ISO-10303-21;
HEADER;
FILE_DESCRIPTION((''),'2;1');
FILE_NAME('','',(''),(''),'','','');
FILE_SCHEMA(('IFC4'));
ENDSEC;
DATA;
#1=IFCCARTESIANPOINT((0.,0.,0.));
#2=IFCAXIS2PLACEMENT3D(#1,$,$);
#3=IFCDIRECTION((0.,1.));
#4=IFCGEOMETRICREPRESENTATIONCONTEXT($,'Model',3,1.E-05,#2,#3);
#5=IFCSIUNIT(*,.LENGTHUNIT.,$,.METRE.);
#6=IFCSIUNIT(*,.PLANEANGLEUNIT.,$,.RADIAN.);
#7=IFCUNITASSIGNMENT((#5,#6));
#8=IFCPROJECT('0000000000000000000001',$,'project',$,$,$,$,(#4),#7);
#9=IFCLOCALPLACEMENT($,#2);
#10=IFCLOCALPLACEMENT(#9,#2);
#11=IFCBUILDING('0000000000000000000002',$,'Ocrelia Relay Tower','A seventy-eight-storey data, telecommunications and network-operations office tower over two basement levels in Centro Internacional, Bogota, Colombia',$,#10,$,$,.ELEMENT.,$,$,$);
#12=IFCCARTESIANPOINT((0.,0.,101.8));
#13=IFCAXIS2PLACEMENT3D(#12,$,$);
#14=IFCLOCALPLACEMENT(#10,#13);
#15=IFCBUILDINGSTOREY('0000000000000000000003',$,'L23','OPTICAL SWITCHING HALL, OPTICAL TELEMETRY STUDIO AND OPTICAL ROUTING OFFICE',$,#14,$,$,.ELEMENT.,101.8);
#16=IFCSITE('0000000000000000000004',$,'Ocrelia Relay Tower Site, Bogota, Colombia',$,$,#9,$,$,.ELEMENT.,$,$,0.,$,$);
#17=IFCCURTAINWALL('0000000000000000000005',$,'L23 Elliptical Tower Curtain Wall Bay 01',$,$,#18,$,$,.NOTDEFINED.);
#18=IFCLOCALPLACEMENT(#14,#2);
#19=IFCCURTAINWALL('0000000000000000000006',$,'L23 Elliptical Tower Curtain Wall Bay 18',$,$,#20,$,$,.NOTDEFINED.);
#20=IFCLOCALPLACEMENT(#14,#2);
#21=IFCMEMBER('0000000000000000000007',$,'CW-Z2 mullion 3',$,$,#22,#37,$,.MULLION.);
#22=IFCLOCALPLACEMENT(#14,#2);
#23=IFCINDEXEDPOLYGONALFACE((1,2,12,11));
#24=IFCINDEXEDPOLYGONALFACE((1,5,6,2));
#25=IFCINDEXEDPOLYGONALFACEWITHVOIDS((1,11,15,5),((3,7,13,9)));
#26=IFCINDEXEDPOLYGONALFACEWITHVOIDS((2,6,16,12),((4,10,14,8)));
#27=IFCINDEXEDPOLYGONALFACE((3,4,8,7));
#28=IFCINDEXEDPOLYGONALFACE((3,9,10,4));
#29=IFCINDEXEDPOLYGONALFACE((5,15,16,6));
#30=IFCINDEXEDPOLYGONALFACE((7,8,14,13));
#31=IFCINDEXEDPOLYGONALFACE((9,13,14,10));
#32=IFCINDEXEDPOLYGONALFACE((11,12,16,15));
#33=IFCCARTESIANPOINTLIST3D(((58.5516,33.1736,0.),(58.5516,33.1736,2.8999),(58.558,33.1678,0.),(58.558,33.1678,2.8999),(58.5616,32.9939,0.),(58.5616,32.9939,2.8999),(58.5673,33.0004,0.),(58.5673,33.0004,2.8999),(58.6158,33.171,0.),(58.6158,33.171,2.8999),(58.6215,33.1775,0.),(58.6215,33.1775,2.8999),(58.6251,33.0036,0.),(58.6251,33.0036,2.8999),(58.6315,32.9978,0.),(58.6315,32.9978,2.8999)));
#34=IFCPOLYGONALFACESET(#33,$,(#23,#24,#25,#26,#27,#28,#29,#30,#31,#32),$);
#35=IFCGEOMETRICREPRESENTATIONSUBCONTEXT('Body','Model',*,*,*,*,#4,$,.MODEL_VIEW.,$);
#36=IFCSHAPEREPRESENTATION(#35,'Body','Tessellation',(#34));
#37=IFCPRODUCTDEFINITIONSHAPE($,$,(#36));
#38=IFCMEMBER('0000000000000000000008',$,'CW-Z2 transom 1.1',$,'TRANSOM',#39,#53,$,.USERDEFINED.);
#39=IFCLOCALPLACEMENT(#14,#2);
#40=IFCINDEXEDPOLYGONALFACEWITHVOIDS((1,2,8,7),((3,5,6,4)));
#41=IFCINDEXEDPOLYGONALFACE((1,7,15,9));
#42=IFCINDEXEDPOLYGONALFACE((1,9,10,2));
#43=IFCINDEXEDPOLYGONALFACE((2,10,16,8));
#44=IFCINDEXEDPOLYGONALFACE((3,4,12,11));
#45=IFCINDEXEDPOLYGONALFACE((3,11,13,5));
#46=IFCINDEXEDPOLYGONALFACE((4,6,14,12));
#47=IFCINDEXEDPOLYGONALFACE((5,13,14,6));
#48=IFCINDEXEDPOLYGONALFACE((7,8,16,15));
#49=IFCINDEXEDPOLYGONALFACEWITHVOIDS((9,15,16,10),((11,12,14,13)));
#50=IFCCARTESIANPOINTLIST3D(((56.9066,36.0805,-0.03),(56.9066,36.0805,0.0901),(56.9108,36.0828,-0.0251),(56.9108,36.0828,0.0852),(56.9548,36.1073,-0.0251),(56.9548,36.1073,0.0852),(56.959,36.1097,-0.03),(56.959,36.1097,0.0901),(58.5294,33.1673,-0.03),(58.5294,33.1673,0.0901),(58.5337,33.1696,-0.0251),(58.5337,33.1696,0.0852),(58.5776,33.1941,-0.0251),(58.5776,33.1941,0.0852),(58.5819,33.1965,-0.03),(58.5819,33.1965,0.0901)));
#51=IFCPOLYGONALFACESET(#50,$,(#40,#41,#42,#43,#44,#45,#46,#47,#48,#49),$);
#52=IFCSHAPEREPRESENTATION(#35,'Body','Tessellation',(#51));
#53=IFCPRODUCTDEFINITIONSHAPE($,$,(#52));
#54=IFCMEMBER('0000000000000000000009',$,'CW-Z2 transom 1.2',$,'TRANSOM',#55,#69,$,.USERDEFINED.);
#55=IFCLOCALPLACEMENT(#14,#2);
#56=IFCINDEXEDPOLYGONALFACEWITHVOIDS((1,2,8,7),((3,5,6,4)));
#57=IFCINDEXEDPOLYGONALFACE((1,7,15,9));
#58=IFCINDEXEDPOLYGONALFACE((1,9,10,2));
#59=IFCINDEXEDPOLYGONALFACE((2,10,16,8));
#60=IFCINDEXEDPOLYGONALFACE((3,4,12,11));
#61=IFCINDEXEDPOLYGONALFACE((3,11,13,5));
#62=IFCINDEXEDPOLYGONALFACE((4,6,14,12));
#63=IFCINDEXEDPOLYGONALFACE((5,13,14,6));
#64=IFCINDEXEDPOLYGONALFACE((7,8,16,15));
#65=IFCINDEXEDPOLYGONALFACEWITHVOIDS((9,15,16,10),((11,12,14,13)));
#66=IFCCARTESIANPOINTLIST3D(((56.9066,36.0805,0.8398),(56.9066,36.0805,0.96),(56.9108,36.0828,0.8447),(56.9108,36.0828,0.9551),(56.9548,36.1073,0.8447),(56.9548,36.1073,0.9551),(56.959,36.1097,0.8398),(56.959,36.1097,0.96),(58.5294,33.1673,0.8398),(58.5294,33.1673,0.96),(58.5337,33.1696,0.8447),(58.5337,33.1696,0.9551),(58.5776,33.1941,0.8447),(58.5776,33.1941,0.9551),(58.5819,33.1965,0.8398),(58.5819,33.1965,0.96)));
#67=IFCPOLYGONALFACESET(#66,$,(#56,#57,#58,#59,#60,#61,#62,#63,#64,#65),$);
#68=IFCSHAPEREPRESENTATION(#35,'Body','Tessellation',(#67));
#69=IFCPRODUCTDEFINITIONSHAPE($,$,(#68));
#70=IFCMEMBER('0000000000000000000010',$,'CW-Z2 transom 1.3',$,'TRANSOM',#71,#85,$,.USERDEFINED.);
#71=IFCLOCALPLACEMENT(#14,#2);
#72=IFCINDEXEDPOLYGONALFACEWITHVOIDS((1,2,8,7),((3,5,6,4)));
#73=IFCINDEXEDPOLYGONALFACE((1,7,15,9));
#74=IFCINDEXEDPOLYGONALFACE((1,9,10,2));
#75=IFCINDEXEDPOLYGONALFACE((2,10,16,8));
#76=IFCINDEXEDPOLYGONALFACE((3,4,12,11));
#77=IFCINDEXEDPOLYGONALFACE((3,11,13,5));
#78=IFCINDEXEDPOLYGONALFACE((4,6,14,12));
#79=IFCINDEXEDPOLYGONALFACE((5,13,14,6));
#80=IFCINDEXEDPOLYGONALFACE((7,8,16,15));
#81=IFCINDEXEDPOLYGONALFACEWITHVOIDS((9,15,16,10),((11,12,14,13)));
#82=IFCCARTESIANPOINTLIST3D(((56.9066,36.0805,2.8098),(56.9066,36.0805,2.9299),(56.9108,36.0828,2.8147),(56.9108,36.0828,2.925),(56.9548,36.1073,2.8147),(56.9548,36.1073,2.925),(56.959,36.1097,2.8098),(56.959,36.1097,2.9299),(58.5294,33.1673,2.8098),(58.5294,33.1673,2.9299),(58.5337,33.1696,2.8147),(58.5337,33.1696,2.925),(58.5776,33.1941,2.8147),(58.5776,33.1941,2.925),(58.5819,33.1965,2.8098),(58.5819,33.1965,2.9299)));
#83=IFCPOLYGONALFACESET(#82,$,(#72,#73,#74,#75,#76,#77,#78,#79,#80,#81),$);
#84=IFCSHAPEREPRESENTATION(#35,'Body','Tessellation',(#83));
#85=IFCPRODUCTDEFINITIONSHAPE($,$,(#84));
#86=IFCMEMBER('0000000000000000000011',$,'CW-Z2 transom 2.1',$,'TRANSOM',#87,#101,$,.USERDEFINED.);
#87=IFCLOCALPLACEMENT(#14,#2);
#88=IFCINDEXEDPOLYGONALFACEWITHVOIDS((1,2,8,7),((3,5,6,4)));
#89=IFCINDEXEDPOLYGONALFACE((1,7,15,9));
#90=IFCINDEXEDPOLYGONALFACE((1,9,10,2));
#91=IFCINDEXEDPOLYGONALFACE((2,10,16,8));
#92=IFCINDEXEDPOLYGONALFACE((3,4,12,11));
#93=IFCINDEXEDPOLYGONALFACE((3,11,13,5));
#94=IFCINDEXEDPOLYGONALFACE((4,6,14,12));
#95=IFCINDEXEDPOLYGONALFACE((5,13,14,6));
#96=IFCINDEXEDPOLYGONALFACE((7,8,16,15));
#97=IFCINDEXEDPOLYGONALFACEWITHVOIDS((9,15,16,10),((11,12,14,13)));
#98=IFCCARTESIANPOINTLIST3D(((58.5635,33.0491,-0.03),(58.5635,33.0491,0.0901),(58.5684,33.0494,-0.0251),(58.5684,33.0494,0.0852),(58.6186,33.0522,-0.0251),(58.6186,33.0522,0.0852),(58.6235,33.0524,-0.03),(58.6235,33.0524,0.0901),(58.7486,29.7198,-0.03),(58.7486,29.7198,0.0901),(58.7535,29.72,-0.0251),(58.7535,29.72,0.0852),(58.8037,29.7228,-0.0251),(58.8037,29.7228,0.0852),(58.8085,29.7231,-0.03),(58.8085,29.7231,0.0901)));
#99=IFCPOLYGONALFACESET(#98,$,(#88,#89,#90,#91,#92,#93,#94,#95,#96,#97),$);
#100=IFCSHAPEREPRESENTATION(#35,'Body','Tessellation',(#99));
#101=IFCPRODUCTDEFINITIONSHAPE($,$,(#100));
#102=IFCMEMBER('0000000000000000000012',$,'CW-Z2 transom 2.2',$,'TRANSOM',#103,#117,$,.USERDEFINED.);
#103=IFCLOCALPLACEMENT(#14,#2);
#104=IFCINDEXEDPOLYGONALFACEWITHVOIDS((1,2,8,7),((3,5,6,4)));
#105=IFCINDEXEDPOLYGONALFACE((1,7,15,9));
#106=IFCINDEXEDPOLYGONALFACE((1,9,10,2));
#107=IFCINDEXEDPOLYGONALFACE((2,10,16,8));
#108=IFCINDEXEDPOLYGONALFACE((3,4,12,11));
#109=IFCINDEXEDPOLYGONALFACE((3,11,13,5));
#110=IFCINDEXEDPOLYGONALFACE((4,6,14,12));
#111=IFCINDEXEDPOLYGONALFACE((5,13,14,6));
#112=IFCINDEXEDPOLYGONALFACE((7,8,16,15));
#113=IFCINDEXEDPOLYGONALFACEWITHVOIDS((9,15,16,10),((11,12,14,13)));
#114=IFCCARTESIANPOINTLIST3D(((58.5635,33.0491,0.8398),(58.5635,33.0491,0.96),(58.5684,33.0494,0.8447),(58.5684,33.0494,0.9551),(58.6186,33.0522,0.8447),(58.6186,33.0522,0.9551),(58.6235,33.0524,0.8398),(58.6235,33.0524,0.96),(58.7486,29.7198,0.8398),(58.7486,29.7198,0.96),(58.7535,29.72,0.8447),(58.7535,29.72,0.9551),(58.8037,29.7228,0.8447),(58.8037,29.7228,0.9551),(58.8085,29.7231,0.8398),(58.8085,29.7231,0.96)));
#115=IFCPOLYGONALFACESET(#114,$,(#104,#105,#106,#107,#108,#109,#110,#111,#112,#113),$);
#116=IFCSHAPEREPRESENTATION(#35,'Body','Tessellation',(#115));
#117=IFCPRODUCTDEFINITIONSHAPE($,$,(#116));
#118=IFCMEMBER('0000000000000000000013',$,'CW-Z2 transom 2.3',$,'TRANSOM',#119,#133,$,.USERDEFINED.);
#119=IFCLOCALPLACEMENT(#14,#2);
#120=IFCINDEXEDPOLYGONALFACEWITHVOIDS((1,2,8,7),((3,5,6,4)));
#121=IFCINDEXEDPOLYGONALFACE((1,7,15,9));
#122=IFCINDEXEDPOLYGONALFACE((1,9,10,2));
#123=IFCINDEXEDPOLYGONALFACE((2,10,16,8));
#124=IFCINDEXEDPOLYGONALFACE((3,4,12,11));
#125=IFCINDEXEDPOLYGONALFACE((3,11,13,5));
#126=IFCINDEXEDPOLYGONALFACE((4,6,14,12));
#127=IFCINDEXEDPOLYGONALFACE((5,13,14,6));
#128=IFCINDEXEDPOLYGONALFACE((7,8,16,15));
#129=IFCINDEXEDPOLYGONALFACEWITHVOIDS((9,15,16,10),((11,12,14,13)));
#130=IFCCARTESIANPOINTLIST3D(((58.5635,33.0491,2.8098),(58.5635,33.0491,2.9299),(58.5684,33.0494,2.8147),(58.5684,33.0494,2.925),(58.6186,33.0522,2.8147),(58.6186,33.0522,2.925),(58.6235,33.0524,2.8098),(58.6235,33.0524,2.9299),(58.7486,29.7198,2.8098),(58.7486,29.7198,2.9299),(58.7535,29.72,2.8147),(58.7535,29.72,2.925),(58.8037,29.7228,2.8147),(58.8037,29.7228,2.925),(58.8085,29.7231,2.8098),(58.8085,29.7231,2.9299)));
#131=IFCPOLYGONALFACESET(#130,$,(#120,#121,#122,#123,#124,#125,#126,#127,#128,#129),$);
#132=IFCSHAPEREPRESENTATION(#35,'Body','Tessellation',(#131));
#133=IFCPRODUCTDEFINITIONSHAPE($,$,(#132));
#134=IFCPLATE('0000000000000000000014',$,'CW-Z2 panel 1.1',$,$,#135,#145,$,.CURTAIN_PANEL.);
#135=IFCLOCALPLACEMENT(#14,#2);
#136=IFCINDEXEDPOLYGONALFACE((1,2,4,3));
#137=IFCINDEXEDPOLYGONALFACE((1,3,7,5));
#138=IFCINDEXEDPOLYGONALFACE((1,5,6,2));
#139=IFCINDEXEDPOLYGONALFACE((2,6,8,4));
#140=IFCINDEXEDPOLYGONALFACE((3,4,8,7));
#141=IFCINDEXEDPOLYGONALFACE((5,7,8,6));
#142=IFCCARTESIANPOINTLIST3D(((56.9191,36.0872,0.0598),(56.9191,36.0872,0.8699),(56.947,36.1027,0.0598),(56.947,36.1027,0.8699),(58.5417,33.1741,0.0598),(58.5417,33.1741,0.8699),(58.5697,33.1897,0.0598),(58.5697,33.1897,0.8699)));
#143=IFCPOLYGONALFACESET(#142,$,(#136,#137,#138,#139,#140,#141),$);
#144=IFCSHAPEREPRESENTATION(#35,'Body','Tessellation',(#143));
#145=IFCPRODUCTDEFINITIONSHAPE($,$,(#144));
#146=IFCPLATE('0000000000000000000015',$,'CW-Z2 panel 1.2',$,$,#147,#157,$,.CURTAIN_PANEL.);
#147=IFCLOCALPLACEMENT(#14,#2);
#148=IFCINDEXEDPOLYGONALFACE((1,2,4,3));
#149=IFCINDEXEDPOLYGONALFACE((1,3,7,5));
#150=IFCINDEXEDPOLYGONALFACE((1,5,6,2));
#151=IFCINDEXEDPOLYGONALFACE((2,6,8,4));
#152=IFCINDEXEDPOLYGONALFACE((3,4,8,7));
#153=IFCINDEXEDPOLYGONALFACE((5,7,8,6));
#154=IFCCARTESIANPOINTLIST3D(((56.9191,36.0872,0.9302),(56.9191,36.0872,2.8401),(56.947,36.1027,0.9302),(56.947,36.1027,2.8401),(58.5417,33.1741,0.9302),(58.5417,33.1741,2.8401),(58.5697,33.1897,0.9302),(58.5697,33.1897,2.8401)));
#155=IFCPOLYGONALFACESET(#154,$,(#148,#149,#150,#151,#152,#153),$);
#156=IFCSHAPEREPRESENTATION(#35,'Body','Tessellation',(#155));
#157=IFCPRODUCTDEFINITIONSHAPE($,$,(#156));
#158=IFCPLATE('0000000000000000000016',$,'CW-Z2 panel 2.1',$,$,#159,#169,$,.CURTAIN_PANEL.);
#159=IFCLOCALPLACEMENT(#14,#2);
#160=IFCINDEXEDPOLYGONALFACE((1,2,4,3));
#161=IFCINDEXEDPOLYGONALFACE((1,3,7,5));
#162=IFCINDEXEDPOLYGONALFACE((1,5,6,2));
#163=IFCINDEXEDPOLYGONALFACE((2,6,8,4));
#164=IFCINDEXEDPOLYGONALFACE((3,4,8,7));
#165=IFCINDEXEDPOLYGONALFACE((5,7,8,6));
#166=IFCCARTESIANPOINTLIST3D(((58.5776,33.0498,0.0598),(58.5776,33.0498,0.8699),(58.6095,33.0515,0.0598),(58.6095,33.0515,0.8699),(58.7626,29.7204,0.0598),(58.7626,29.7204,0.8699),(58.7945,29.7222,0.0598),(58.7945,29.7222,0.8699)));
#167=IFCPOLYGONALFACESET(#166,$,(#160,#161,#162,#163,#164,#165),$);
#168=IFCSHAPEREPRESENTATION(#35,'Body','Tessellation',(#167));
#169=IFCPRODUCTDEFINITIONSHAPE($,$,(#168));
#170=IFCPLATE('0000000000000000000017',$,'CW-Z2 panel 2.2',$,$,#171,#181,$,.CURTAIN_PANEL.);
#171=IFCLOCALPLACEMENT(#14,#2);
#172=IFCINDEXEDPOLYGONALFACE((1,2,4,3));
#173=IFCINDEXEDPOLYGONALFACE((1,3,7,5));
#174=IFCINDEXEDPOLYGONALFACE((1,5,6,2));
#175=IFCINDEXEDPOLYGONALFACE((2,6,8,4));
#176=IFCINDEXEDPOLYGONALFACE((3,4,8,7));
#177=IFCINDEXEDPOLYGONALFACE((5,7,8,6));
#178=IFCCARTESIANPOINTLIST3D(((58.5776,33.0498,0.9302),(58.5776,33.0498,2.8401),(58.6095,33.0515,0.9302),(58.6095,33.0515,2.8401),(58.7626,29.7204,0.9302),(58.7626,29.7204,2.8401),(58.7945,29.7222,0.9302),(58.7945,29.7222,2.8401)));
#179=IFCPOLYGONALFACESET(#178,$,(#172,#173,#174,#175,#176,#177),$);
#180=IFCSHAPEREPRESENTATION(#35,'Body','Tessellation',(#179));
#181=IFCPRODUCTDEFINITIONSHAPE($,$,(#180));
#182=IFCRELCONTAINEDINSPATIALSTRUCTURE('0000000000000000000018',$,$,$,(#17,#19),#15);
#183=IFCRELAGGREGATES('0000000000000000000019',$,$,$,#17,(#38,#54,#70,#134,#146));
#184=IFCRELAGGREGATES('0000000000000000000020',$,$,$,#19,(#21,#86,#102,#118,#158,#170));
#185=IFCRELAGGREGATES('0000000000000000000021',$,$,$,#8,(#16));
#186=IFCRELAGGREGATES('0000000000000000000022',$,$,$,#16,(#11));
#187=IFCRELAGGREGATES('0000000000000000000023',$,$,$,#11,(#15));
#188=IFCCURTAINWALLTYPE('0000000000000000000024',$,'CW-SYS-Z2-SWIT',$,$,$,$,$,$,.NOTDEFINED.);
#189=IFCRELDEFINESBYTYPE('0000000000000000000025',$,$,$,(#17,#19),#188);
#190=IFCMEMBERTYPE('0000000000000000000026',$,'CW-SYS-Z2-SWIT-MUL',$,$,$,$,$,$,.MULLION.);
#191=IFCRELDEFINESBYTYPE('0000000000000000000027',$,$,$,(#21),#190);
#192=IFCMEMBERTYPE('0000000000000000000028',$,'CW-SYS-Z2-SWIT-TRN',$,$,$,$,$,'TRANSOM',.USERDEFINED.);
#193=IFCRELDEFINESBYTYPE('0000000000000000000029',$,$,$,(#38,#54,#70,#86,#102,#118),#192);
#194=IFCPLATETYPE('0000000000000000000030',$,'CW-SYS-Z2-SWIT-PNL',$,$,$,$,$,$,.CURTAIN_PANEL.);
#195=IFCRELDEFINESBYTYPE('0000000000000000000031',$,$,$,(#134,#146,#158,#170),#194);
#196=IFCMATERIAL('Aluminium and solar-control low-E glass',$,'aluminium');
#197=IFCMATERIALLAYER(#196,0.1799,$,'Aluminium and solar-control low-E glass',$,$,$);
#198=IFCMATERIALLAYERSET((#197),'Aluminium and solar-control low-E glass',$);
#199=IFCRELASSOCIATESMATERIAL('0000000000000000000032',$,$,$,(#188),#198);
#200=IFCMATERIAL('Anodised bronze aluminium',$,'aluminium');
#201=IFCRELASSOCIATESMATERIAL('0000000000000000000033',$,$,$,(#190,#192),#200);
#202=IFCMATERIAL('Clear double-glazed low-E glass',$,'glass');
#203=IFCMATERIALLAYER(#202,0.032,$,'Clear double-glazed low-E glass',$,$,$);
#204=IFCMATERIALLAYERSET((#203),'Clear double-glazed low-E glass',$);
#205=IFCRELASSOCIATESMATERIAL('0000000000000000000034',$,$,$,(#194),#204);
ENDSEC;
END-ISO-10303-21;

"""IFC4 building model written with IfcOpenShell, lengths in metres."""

from ifc_helpers import new_model, si_unit, direction, frame, origin, origin_2d, place, context, subcontext, project, spatial, rectangle, hollow_rectangle, extrude, material, layer, layer_set, material_profile, profile_set, type_object, element, aggregate, save


model = new_model("IFC4")

# Units and contexts
model_context = context("Model", 3, precision=1e-05, world=origin(), true_north=direction((0.0, 1.0)))
body_context = subcontext(model_context, "Body", "Model", "MODEL_VIEW")
ifc_project = project(units=[si_unit("LENGTHUNIT", "METRE"), si_unit("PLANEANGLEUNIT", "RADIAN")], contexts=[model_context])

# Site, building, storey
site_placement = place(None, origin())
site = spatial("IfcSite", under=ifc_project, at=site_placement, Name="Ocrelia Relay Tower Site, Bogota, Colombia", CompositionType="ELEMENT", RefElevation=0.0)
building_placement = place(site_placement, origin())
building = spatial("IfcBuilding", under=site, at=building_placement, Name="Ocrelia Relay Tower", Description="A seventy-eight-storey data, telecommunications and network-operations office tower over two basement levels in Centro Internacional, Bogota, Colombia", CompositionType="ELEMENT")
storey_placement = place(building_placement, frame((0.0, 0.0, 101.8)))
storey = spatial("IfcBuildingStorey", under=building, at=storey_placement, Name="L23", Description="OPTICAL SWITCHING HALL, OPTICAL TELEMETRY STUDIO AND OPTICAL ROUTING OFFICE", CompositionType="ELEMENT", Elevation=101.8)

# Curtain wall
ifc_material_1 = material(Name="Aluminium and solar-control low-E glass", Category="aluminium")
ifc_layer_1 = layer(ifc_material_1, 0.1799, Name="Aluminium and solar-control low-E glass")
ifc_layer_set_1 = layer_set([ifc_layer_1], Name="Aluminium and solar-control low-E glass")
curtain_wall_type = type_object("IfcCurtainWallType", Name="CW-SYS-Z2-SWIT", PredefinedType="NOTDEFINED", material=ifc_layer_set_1)
curtain_wall_1_placement = place(storey_placement, origin())
curtain_wall_1 = element("IfcCurtainWall", 1, at=curtain_wall_1_placement, inside=storey, type_object=curtain_wall_type, Name="L23 Elliptical Tower Curtain Wall Bay 01", PredefinedType="NOTDEFINED")
ifc_material_2 = material(Name="Anodised bronze aluminium", Category="aluminium")
ifc_material_profile_1 = material_profile(ifc_material_2, hollow_rectangle(XDim=0.0701, YDim=0.1799, WallThickness=0.0061, at=origin_2d()), Name="CW-MUL-180x70")
ifc_profile_set_1 = profile_set([ifc_material_profile_1], Name="Anodised bronze aluminium")
member_type_1 = type_object("IfcMemberType", Name="CW-SYS-Z2-SWIT-MUL", PredefinedType="MULLION", material=ifc_profile_set_1)

# Curtain wall, member
curtain_wall_2_placement = place(storey_placement, origin())
curtain_wall_2 = element("IfcCurtainWall", 2, at=curtain_wall_2_placement, inside=storey, type_object=curtain_wall_type, Name="L23 Elliptical Tower Curtain Wall Bay 18", PredefinedType="NOTDEFINED")
member_1_placement = place(storey_placement, frame((58.5916, 33.0857, 0.0), z_axis=(0.0, 0.0, 1.0), x_axis=(-0.998459, -0.055487, 0.0)))
member_1 = element("IfcMember", 3, at=member_1_placement, type_object=member_type_1, Name="CW-Z2 mullion 3", PredefinedType="MULLION", context=body_context, shape_type="SweptSolid", body=[
    extrude(hollow_rectangle(XDim=0.0701, YDim=0.1799, WallThickness=0.0061, at=origin_2d()), origin(), (0.0, 0.0, 1.0), 2.8999),
])

# Members
ifc_material_profile_2 = material_profile(ifc_material_2, hollow_rectangle(XDim=0.0601, YDim=0.1201, WallThickness=0.0049, at=origin_2d()), Name="CW-TRN-120x60")
ifc_profile_set_2 = profile_set([ifc_material_profile_2], Name="Anodised bronze aluminium")
member_type_2 = type_object("IfcMemberType", Name="CW-SYS-Z2-SWIT-TRN", ElementType="TRANSOM", PredefinedType="USERDEFINED", material=ifc_profile_set_2)
member_2_placement = place(storey_placement, frame((58.5557, 33.1819, 0.03), z_axis=(-0.486656, 0.873594, 0.0), x_axis=(-0.873594, -0.486656, 0.0)))
member_2 = element("IfcMember", 4, at=member_2_placement, type_object=member_type_2, Name="CW-Z2 transom 1.1", ObjectType="TRANSOM", PredefinedType="USERDEFINED", context=body_context, shape_type="SweptSolid", body=[
    extrude(hollow_rectangle(XDim=0.0601, YDim=0.1201, WallThickness=0.0049, at=origin_2d()), origin(), (0.0, 0.0, 1.0), 3.3347),
])
member_3_placement = place(storey_placement, frame((58.5557, 33.1819, 0.8999), z_axis=(-0.486656, 0.873594, 0.0), x_axis=(-0.873594, -0.486656, 0.0)))
member_3 = element("IfcMember", 5, at=member_3_placement, type_object=member_type_2, Name="CW-Z2 transom 1.2", ObjectType="TRANSOM", PredefinedType="USERDEFINED", context=body_context, shape_type="SweptSolid", body=[
    extrude(hollow_rectangle(XDim=0.0601, YDim=0.1201, WallThickness=0.0049, at=origin_2d()), origin(), (0.0, 0.0, 1.0), 3.3347),
])
member_4_placement = place(storey_placement, frame((58.5557, 33.1819, 2.8699), z_axis=(-0.486656, 0.873594, 0.0), x_axis=(-0.873594, -0.486656, 0.0)))
member_4 = element("IfcMember", 6, at=member_4_placement, type_object=member_type_2, Name="CW-Z2 transom 1.3", ObjectType="TRANSOM", PredefinedType="USERDEFINED", context=body_context, shape_type="SweptSolid", body=[
    extrude(hollow_rectangle(XDim=0.0601, YDim=0.1201, WallThickness=0.0049, at=origin_2d()), origin(), (0.0, 0.0, 1.0), 3.3347),
])
member_5_placement = place(storey_placement, frame((58.7786, 29.7214, 0.03), z_axis=(-0.055498, 0.998459, 0.0), x_axis=(-0.998459, -0.055498, 0.0)))
member_5 = element("IfcMember", 7, at=member_5_placement, type_object=member_type_2, Name="CW-Z2 transom 2.1", ObjectType="TRANSOM", PredefinedType="USERDEFINED", context=body_context, shape_type="SweptSolid", body=[
    extrude(hollow_rectangle(XDim=0.0601, YDim=0.1201, WallThickness=0.0049, at=origin_2d()), origin(), (0.0, 0.0, 1.0), 3.3345),
])
member_6_placement = place(storey_placement, frame((58.7786, 29.7214, 0.8999), z_axis=(-0.055498, 0.998459, 0.0), x_axis=(-0.998459, -0.055498, 0.0)))
member_6 = element("IfcMember", 8, at=member_6_placement, type_object=member_type_2, Name="CW-Z2 transom 2.2", ObjectType="TRANSOM", PredefinedType="USERDEFINED", context=body_context, shape_type="SweptSolid", body=[
    extrude(hollow_rectangle(XDim=0.0601, YDim=0.1201, WallThickness=0.0049, at=origin_2d()), origin(), (0.0, 0.0, 1.0), 3.3345),
])
member_7_placement = place(storey_placement, frame((58.7786, 29.7214, 2.8699), z_axis=(-0.055498, 0.998459, 0.0), x_axis=(-0.998459, -0.055498, 0.0)))
member_7 = element("IfcMember", 9, at=member_7_placement, type_object=member_type_2, Name="CW-Z2 transom 2.3", ObjectType="TRANSOM", PredefinedType="USERDEFINED", context=body_context, shape_type="SweptSolid", body=[
    extrude(hollow_rectangle(XDim=0.0601, YDim=0.1201, WallThickness=0.0049, at=origin_2d()), origin(), (0.0, 0.0, 1.0), 3.3345),
])

# Plates
ifc_material_3 = material(Name="Clear double-glazed low-E glass", Category="glass")
ifc_layer_2 = layer(ifc_material_3, 0.032, Name="Clear double-glazed low-E glass")
ifc_layer_set_2 = layer_set([ifc_layer_2], Name="Clear double-glazed low-E glass")
plate_type = type_object("IfcPlateType", Name="CW-SYS-Z2-SWIT-PNL", PredefinedType="CURTAIN_PANEL", material=ifc_layer_set_2)
plate_1_placement = place(storey_placement, frame((57.7444, 34.6384, 0.0598), z_axis=(0.0, 0.0, 1.0), x_axis=(-0.486624, 0.873612, 0.0)))
plate_1 = element("IfcPlate", 10, at=plate_1_placement, type_object=plate_type, Name="CW-Z2 panel 1.1", PredefinedType="CURTAIN_PANEL", context=body_context, shape_type="SweptSolid", body=[
    extrude(rectangle(XDim=3.3345, YDim=0.032, at=origin_2d()), origin(), (0.0, 0.0, 1.0), 0.8101),
])
plate_2_placement = place(storey_placement, frame((57.7444, 34.6384, 0.9302), z_axis=(0.0, 0.0, 1.0), x_axis=(-0.486624, 0.873612, 0.0)))
plate_2 = element("IfcPlate", 11, at=plate_2_placement, type_object=plate_type, Name="CW-Z2 panel 1.2", PredefinedType="CURTAIN_PANEL", context=body_context, shape_type="SweptSolid", body=[
    extrude(rectangle(XDim=3.3345, YDim=0.032, at=origin_2d()), origin(), (0.0, 0.0, 1.0), 1.9099),
])
aggregate(curtain_wall_1, [member_2, member_3, member_4, plate_1, plate_2])
plate_3_placement = place(storey_placement, frame((58.686, 31.386, 0.0598), z_axis=(0.0, 0.0, 1.0), x_axis=(-0.055487, 0.998459, 0.0)))
plate_3 = element("IfcPlate", 12, at=plate_3_placement, type_object=plate_type, Name="CW-Z2 panel 2.1", PredefinedType="CURTAIN_PANEL", context=body_context, shape_type="SweptSolid", body=[
    extrude(rectangle(XDim=3.3345, YDim=0.032, at=origin_2d()), origin(), (0.0, 0.0, 1.0), 0.8101),
])
plate_4_placement = place(storey_placement, frame((58.686, 31.386, 0.9302), z_axis=(0.0, 0.0, 1.0), x_axis=(-0.055487, 0.998459, 0.0)))
plate_4 = element("IfcPlate", 13, at=plate_4_placement, type_object=plate_type, Name="CW-Z2 panel 2.2", PredefinedType="CURTAIN_PANEL", context=body_context, shape_type="SweptSolid", body=[
    extrude(rectangle(XDim=3.3345, YDim=0.032, at=origin_2d()), origin(), (0.0, 0.0, 1.0), 1.9099),
])
aggregate(curtain_wall_2, [member_1, member_5, member_6, member_7, plate_3, plate_4])

save(model, "model.ifc")
